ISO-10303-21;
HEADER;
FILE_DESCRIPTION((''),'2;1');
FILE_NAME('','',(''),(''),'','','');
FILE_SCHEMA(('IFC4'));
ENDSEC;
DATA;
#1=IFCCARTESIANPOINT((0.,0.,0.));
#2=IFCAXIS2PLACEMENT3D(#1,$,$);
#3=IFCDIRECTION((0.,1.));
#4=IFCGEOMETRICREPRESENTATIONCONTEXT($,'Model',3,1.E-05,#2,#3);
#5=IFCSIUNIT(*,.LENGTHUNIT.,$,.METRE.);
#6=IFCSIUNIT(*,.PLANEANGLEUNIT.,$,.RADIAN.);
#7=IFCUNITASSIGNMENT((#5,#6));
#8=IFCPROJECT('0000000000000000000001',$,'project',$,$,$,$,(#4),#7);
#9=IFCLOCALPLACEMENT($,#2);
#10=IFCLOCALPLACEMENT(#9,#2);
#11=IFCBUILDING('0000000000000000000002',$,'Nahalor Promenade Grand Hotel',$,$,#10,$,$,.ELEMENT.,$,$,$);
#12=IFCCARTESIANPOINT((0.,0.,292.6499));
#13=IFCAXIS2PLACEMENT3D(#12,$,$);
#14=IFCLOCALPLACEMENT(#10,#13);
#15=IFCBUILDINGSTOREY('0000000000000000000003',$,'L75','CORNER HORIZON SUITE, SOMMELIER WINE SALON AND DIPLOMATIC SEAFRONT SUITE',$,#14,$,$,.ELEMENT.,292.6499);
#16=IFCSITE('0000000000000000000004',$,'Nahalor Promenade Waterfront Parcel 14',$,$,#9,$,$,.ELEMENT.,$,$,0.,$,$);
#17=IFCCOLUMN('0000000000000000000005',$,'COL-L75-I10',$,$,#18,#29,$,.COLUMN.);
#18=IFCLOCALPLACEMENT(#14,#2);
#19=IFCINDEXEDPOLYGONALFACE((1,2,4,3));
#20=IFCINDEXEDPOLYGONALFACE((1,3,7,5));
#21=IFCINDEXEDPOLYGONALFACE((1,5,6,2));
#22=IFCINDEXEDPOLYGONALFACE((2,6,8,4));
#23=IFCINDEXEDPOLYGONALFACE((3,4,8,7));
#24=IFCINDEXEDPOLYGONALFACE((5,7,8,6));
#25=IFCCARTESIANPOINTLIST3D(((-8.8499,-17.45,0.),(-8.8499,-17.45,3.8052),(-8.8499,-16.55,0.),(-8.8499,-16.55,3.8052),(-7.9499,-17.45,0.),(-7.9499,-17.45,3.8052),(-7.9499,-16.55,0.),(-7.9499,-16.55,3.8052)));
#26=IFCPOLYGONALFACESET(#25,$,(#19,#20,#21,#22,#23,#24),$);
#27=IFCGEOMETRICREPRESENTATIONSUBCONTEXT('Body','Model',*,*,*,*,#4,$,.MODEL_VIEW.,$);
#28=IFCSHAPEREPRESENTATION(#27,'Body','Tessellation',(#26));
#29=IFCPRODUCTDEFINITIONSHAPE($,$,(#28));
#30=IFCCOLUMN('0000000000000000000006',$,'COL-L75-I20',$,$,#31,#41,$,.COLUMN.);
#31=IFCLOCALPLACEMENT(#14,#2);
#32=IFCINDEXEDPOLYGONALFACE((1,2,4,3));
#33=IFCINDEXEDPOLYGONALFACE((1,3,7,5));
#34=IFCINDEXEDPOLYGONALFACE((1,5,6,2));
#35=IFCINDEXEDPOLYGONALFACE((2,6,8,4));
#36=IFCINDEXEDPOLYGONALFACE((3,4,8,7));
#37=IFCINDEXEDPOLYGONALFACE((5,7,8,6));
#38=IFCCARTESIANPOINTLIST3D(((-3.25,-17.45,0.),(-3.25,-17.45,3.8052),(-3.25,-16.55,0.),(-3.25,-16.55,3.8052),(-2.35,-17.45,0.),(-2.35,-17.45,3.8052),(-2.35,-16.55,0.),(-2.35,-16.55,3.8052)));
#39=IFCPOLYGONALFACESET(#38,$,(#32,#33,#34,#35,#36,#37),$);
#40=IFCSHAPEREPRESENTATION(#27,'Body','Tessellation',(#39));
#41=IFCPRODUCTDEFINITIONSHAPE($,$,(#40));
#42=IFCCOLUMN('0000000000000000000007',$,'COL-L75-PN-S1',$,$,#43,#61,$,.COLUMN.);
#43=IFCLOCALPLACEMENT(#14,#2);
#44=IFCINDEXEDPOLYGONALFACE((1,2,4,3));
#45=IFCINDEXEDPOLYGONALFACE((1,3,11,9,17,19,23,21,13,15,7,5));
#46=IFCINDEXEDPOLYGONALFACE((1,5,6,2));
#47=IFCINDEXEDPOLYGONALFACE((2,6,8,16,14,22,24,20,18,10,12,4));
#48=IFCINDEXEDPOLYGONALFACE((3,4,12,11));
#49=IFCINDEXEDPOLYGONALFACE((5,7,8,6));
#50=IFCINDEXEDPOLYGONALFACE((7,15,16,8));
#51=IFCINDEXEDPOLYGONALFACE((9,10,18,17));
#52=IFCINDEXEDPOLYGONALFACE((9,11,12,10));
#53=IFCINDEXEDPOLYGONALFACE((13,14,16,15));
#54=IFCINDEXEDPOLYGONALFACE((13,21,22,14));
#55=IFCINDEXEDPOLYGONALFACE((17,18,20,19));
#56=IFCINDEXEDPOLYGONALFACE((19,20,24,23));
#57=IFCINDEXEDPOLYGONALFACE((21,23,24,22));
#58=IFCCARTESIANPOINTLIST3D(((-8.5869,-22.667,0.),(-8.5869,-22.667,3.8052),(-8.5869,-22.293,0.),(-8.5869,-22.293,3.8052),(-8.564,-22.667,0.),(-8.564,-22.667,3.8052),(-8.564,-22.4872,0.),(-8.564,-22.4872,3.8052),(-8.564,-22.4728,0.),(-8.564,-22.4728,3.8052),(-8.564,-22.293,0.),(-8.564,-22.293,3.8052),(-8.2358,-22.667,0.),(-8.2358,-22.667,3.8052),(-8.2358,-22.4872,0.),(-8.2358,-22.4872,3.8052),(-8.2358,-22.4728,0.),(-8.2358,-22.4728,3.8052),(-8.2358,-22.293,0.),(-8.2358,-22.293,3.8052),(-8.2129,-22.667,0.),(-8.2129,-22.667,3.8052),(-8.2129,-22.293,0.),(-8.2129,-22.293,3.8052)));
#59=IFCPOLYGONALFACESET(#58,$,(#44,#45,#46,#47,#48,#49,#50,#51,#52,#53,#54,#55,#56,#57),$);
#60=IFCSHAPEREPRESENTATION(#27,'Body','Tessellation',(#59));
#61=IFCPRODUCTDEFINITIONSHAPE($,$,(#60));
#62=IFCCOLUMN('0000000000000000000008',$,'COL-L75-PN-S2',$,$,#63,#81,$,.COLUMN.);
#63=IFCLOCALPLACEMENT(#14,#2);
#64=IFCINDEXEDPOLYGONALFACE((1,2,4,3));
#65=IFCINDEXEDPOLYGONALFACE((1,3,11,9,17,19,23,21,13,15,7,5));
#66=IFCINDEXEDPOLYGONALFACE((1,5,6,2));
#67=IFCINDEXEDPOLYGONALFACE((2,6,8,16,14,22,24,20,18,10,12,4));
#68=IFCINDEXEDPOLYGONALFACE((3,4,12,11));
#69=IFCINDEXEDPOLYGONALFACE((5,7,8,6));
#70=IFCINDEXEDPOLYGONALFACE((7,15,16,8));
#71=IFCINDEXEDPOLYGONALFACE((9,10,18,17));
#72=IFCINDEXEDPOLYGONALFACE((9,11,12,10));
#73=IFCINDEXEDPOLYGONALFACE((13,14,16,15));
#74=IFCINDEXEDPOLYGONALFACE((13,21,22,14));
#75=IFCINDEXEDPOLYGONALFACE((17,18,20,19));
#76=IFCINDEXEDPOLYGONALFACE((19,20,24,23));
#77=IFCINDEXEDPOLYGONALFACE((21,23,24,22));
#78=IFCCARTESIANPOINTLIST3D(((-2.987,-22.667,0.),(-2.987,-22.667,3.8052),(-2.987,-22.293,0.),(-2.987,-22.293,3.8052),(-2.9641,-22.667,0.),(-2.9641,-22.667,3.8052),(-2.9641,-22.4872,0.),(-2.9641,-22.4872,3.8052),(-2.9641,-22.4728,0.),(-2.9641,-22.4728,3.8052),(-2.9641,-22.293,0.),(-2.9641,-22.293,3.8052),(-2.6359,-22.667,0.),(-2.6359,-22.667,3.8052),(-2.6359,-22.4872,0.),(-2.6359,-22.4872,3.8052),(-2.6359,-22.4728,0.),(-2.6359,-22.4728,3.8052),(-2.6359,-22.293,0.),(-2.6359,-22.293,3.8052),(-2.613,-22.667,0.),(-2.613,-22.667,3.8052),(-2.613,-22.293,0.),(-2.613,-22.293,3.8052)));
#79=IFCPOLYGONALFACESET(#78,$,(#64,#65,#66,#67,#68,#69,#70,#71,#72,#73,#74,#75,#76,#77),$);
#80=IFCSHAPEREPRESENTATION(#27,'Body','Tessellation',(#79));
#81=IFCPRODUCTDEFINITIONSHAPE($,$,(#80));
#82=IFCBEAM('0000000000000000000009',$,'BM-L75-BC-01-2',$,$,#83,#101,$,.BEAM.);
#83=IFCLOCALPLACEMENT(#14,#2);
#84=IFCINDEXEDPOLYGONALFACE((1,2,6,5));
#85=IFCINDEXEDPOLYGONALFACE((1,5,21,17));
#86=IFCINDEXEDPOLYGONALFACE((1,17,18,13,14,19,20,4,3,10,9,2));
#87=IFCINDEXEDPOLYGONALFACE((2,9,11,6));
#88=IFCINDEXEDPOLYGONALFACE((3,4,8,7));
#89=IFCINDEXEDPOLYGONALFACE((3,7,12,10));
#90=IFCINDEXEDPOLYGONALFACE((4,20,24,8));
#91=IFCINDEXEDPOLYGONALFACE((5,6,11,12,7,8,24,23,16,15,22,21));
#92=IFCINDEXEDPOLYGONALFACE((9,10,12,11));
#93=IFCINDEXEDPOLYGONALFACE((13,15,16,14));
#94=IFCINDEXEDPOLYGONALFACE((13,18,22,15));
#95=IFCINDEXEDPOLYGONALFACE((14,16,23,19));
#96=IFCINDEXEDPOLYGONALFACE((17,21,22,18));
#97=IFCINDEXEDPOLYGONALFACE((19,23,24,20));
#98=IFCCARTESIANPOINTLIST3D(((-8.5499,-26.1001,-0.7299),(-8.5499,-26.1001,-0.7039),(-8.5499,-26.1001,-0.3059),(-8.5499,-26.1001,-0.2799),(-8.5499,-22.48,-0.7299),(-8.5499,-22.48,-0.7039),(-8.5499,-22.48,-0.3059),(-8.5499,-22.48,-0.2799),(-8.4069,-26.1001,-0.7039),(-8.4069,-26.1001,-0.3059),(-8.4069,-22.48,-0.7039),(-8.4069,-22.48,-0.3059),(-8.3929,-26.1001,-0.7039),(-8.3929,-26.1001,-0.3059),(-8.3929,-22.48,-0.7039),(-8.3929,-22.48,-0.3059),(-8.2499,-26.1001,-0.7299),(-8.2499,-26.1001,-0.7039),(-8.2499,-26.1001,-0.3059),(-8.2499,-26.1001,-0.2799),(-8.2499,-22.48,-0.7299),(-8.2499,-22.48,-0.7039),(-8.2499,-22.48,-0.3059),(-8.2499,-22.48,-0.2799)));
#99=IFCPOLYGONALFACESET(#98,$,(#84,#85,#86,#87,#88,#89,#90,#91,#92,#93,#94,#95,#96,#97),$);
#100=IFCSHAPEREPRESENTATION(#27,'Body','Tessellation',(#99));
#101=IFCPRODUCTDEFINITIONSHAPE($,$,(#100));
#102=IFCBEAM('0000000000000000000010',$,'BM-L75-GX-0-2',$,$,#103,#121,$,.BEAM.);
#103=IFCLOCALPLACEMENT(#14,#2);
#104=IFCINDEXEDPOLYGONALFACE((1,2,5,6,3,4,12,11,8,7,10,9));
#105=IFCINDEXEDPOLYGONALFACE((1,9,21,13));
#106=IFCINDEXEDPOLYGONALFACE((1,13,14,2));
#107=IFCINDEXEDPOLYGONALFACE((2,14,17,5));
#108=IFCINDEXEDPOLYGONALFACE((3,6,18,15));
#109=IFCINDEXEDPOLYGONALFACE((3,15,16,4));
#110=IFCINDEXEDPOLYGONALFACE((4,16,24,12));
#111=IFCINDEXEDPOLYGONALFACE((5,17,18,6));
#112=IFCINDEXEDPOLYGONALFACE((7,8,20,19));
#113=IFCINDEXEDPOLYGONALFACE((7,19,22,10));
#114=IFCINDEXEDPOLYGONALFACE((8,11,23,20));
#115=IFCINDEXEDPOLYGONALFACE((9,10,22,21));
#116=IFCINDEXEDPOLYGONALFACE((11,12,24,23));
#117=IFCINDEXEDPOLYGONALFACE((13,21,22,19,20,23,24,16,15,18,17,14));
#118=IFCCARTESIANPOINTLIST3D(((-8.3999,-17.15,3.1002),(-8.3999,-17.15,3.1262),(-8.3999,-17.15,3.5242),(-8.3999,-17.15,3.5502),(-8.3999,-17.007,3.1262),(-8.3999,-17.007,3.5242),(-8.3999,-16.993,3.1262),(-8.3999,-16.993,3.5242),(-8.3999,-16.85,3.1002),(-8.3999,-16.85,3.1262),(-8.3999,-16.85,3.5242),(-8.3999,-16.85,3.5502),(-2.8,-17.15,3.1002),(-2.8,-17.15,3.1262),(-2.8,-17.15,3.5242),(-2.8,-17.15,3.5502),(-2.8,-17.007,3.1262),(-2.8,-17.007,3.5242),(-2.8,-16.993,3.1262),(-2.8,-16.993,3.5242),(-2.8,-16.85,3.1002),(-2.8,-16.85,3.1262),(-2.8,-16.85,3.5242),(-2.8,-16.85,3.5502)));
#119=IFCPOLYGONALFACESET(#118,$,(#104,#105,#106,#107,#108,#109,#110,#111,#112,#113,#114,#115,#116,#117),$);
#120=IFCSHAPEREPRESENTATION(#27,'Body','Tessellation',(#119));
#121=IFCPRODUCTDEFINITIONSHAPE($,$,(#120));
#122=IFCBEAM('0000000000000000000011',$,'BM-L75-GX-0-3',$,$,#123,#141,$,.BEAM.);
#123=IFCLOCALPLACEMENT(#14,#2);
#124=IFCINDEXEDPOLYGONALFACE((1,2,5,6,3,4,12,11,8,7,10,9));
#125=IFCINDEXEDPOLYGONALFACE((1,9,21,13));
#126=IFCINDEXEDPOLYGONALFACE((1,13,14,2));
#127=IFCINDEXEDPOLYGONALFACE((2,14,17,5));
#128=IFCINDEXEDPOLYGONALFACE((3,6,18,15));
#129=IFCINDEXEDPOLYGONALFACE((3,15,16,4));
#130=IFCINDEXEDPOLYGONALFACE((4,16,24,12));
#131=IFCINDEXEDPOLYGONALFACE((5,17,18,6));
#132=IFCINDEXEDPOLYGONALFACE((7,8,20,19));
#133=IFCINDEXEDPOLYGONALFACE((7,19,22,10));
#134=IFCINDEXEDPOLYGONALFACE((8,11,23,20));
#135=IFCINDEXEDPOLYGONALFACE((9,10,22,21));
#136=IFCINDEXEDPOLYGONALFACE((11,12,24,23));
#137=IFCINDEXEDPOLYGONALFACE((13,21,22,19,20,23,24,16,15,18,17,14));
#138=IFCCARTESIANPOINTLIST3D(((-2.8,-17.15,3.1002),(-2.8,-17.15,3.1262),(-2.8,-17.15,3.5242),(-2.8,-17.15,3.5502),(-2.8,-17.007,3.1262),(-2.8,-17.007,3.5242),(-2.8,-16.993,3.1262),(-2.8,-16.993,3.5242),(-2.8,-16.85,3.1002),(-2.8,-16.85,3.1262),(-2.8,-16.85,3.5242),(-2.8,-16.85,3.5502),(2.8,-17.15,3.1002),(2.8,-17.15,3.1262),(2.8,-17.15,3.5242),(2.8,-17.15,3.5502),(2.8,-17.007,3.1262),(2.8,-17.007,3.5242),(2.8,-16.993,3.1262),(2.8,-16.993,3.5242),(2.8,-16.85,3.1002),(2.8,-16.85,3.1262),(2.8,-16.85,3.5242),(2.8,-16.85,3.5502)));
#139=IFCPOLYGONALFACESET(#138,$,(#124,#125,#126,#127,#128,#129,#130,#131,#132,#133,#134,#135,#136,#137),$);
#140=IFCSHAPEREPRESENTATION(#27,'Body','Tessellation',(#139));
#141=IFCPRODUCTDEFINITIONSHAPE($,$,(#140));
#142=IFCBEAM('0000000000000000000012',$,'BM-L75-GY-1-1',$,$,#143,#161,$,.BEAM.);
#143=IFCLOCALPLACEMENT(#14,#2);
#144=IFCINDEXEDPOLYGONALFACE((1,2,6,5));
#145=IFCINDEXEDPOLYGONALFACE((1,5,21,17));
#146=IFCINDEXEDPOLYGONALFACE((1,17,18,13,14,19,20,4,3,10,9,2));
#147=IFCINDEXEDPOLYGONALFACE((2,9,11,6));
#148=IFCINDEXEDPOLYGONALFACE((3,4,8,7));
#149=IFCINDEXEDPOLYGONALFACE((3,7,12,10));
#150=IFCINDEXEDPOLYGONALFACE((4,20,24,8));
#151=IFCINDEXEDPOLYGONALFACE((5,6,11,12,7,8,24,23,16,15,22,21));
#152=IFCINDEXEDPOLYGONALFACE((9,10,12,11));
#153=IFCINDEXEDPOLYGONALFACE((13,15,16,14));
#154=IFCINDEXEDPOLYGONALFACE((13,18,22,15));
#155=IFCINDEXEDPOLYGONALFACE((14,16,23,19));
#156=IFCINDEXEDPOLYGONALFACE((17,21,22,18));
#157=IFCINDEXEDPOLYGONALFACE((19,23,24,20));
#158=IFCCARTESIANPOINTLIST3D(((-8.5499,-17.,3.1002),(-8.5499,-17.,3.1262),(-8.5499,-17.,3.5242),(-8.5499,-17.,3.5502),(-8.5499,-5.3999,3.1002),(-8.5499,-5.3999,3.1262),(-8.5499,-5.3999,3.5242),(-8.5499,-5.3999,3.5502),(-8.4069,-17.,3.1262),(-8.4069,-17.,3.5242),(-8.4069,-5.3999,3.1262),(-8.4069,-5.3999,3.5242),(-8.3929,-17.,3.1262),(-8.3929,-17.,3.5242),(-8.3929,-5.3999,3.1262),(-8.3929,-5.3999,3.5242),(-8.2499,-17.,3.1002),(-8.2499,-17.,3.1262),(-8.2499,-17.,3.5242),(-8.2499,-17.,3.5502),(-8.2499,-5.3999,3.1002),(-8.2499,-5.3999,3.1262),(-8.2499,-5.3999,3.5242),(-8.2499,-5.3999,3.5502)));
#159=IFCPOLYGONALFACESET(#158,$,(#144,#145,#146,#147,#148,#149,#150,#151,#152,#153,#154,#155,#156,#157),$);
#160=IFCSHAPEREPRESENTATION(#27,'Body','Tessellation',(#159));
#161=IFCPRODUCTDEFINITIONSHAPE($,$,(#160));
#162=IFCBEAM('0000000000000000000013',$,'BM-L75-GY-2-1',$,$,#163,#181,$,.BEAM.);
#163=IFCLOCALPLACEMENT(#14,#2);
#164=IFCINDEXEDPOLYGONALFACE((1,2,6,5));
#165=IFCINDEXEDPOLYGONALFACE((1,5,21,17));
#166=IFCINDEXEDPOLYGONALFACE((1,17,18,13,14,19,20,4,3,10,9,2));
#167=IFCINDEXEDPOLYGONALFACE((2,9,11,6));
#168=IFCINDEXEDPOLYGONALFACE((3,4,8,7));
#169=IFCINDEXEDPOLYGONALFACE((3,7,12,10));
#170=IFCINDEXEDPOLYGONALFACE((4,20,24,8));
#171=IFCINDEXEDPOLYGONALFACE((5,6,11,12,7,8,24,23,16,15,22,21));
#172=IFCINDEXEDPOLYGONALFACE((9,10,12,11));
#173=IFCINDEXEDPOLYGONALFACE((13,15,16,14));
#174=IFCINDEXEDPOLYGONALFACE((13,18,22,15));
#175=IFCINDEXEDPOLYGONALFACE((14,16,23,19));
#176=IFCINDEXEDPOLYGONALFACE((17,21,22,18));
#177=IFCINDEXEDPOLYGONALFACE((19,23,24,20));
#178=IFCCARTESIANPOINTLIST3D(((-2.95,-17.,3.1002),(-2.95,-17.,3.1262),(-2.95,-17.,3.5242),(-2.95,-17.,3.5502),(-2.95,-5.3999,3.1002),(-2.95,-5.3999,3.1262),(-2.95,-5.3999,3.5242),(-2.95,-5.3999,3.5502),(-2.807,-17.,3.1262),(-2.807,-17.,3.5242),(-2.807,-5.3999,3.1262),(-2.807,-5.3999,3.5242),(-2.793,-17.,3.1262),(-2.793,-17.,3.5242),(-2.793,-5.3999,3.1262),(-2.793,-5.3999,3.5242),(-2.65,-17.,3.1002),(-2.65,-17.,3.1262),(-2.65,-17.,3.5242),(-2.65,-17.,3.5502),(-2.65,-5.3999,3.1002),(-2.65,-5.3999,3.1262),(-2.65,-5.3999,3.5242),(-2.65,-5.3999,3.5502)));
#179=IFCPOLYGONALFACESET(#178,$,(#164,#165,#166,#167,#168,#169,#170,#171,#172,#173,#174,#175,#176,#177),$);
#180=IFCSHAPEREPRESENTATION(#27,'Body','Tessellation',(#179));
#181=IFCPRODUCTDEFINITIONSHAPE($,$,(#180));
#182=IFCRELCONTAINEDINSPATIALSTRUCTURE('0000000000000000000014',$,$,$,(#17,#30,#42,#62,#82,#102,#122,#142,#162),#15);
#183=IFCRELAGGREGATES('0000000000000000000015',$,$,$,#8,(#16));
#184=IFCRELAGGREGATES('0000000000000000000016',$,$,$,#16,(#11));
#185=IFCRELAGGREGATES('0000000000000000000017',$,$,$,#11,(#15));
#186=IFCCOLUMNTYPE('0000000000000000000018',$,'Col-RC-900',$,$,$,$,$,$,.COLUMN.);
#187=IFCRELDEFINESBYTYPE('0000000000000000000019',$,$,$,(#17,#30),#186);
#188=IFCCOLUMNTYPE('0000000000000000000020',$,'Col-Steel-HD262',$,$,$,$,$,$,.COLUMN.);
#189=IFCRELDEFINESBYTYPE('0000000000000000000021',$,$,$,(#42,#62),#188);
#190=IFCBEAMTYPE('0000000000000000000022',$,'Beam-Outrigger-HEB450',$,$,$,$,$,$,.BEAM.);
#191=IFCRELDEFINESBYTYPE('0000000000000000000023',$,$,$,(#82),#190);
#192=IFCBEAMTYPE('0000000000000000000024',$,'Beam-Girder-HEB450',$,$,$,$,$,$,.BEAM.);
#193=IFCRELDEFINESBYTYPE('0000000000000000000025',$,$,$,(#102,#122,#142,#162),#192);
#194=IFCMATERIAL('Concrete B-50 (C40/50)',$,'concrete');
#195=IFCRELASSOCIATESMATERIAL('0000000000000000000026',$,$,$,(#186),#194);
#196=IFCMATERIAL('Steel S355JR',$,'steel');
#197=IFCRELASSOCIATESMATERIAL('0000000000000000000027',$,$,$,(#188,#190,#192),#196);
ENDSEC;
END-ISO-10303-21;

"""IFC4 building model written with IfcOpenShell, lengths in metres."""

from ifc_helpers import new_model, si_unit, direction, frame, origin, origin_2d, place, context, subcontext, project, spatial, rectangle, i_section, extrude, source, transform, mapped, material, material_profile, profile_set, type_object, element, save


model = new_model("IFC4")

# Units and contexts
model_context = context("Model", 3, precision=1e-05, world=origin(), true_north=direction((0.0, 1.0)))
body_context = subcontext(model_context, "Body", "Model", "MODEL_VIEW")
ifc_project = project(units=[si_unit("LENGTHUNIT", "METRE"), si_unit("PLANEANGLEUNIT", "RADIAN")], contexts=[model_context])

# Site, building, storey
site_placement = place(None, origin())
site = spatial("IfcSite", under=ifc_project, at=site_placement, Name="Nahalor Promenade Waterfront Parcel 14", CompositionType="ELEMENT", RefElevation=0.0)
building_placement = place(site_placement, origin())
building = spatial("IfcBuilding", under=site, at=building_placement, Name="Nahalor Promenade Grand Hotel", CompositionType="ELEMENT")
storey_placement = place(building_placement, frame((0.0, 0.0, 292.6499)))
storey = spatial("IfcBuildingStorey", under=building, at=storey_placement, Name="L75", Description="CORNER HORIZON SUITE, SOMMELIER WINE SALON AND DIPLOMATIC SEAFRONT SUITE", CompositionType="ELEMENT", Elevation=292.6499)

# Columns
ifc_material_1 = material(Name="Concrete B-50 (C40/50)", Category="concrete")
ifc_material_profile_1 = material_profile(ifc_material_1, rectangle(XDim=0.9, YDim=0.9, at=origin_2d()), Name="RC 900x900")
ifc_profile_set_1 = profile_set([ifc_material_profile_1], Name="Concrete B-50 (C40/50)")
column_type_1 = type_object("IfcColumnType", Name="Col-RC-900", PredefinedType="COLUMN", material=ifc_profile_set_1)
shared_shape_1 = source(origin(), body_context, "Body", "SweptSolid", [
    extrude(rectangle(XDim=0.9, YDim=0.9, at=origin_2d()), origin(), (0.0, 0.0, 1.0), 3.8052),
])
for number, where, z_axis, x_axis, name in (
    (1, (-8.3999, -17.0, 0.0), (0.0, 0.0, 1.0), (1.0, 0.0, 0.0), "COL-L75-I10"),
    (2, (-2.8, -17.0, 0.0), (0.0, 0.0, 1.0), (1.0, 0.0, 0.0), "COL-L75-I20"),
):
    element("IfcColumn", number, at=place(storey_placement, frame(where, z_axis=z_axis, x_axis=x_axis)), inside=storey, type_object=column_type_1, Name=name, PredefinedType="COLUMN", context=body_context, shape_type="MappedRepresentation", body=[
        mapped(shared_shape_1, transform((0.0, 0.0, 0.0), scale=1.0)),
    ])
ifc_material_2 = material(Name="Steel S355JR", Category="steel")
ifc_material_profile_2 = material_profile(ifc_material_2, i_section(OverallWidth=0.374, OverallDepth=0.374, WebThickness=0.0144, FlangeThickness=0.0229, at=origin_2d()), Name="HD 360x262")
ifc_profile_set_2 = profile_set([ifc_material_profile_2], Name="Steel S355JR")
column_type_2 = type_object("IfcColumnType", Name="Col-Steel-HD262", PredefinedType="COLUMN", material=ifc_profile_set_2)
shared_shape_2 = source(origin(), body_context, "Body", "SweptSolid", [
    extrude(i_section(OverallWidth=0.374, OverallDepth=0.374, WebThickness=0.0144, FlangeThickness=0.0229, at=origin_2d()), origin(), (0.0, 0.0, 1.0), 3.8052),
])
for number, where, z_axis, x_axis, name in (
    (3, (-8.3999, -22.48, 0.0), (0.0, 0.0, 1.0), (0.0, 1.0, 0.0), "COL-L75-PN-S1"),
    (4, (-2.8, -22.48, 0.0), (0.0, 0.0, 1.0), (0.0, 1.0, 0.0), "COL-L75-PN-S2"),
):
    element("IfcColumn", number, at=place(storey_placement, frame(where, z_axis=z_axis, x_axis=x_axis)), inside=storey, type_object=column_type_2, Name=name, PredefinedType="COLUMN", context=body_context, shape_type="MappedRepresentation", body=[
        mapped(shared_shape_2, transform((0.0, 0.0, 0.0), scale=1.0)),
    ])

# Beams
ifc_material_profile_3 = material_profile(ifc_material_2, i_section(OverallWidth=0.3, OverallDepth=0.45, WebThickness=0.014, FlangeThickness=0.026, at=origin_2d()), Name="HEB 450")
ifc_profile_set_3 = profile_set([ifc_material_profile_3], Name="Steel S355JR")
beam_type_1 = type_object("IfcBeamType", Name="Beam-Outrigger-HEB450", PredefinedType="BEAM", material=ifc_profile_set_3)
shared_shape_3 = source(origin(), body_context, "Body", "SweptSolid", [
    extrude(i_section(OverallWidth=0.3, OverallDepth=0.45, WebThickness=0.014, FlangeThickness=0.026, at=origin_2d()), origin(), (0.0, 0.0, 1.0), 3.6201),
])
beam_1_placement = place(storey_placement, frame((-8.3999, -26.1001, -0.5049), z_axis=(0.0, 1.0, 0.0), x_axis=(-1.0, 0.0, 0.0)))
element("IfcBeam", 5, at=beam_1_placement, inside=storey, type_object=beam_type_1, Name="BM-L75-BC-01-2", PredefinedType="BEAM", context=body_context, shape_type="MappedRepresentation", body=[
    mapped(shared_shape_3, transform((0.0, 0.0, 0.0), scale=1.0)),
])
ifc_material_profile_4 = material_profile(ifc_material_2, i_section(OverallWidth=0.3, OverallDepth=0.45, WebThickness=0.014, FlangeThickness=0.026, at=origin_2d()), Name="HEB 450")
ifc_profile_set_4 = profile_set([ifc_material_profile_4], Name="Steel S355JR")
beam_type_2 = type_object("IfcBeamType", Name="Beam-Girder-HEB450", PredefinedType="BEAM", material=ifc_profile_set_4)
shared_shape_4 = source(origin(), body_context, "Body", "SweptSolid", [
    extrude(i_section(OverallWidth=0.3, OverallDepth=0.45, WebThickness=0.014, FlangeThickness=0.026, at=origin_2d()), origin(), (0.0, 0.0, 1.0), 5.5999),
])
beam_2_placement = place(storey_placement, frame((-8.3999, -17.0, 3.3252), z_axis=(1.0, 0.0, 0.0), x_axis=(0.0, 1.0, 0.0)))
element("IfcBeam", 6, at=beam_2_placement, inside=storey, type_object=beam_type_2, Name="BM-L75-GX-0-2", PredefinedType="BEAM", context=body_context, shape_type="MappedRepresentation", body=[
    mapped(shared_shape_4, transform((0.0, 0.0, 0.0), scale=1.0)),
])
shared_shape_5 = source(origin(), body_context, "Body", "SweptSolid", [
    extrude(i_section(OverallWidth=0.3, OverallDepth=0.45, WebThickness=0.014, FlangeThickness=0.026, at=origin_2d()), origin(), (0.0, 0.0, 1.0), 5.6001),
])
beam_3_placement = place(storey_placement, frame((-2.8, -17.0, 3.3252), z_axis=(1.0, 0.0, 0.0), x_axis=(0.0, 1.0, 0.0)))
element("IfcBeam", 7, at=beam_3_placement, inside=storey, type_object=beam_type_2, Name="BM-L75-GX-0-3", PredefinedType="BEAM", context=body_context, shape_type="MappedRepresentation", body=[
    mapped(shared_shape_5, transform((0.0, 0.0, 0.0), scale=1.0)),
])
shared_shape_6 = source(origin(), body_context, "Body", "SweptSolid", [
    extrude(i_section(OverallWidth=0.3, OverallDepth=0.45, WebThickness=0.014, FlangeThickness=0.026, at=origin_2d()), origin(), (0.0, 0.0, 1.0), 11.6001),
])
for number, where, z_axis, x_axis, name in (
    (8, (-8.3999, -17.0, 3.3252), (0.0, 1.0, 0.0), (-1.0, 0.0, 0.0), "BM-L75-GY-1-1"),
    (9, (-2.8, -17.0, 3.3252), (0.0, 1.0, 0.0), (-1.0, 0.0, 0.0), "BM-L75-GY-2-1"),
):
    element("IfcBeam", number, at=place(storey_placement, frame(where, z_axis=z_axis, x_axis=x_axis)), inside=storey, type_object=beam_type_2, Name=name, PredefinedType="BEAM", context=body_context, shape_type="MappedRepresentation", body=[
        mapped(shared_shape_6, transform((0.0, 0.0, 0.0), scale=1.0)),
    ])

save(model, "model.ifc")
